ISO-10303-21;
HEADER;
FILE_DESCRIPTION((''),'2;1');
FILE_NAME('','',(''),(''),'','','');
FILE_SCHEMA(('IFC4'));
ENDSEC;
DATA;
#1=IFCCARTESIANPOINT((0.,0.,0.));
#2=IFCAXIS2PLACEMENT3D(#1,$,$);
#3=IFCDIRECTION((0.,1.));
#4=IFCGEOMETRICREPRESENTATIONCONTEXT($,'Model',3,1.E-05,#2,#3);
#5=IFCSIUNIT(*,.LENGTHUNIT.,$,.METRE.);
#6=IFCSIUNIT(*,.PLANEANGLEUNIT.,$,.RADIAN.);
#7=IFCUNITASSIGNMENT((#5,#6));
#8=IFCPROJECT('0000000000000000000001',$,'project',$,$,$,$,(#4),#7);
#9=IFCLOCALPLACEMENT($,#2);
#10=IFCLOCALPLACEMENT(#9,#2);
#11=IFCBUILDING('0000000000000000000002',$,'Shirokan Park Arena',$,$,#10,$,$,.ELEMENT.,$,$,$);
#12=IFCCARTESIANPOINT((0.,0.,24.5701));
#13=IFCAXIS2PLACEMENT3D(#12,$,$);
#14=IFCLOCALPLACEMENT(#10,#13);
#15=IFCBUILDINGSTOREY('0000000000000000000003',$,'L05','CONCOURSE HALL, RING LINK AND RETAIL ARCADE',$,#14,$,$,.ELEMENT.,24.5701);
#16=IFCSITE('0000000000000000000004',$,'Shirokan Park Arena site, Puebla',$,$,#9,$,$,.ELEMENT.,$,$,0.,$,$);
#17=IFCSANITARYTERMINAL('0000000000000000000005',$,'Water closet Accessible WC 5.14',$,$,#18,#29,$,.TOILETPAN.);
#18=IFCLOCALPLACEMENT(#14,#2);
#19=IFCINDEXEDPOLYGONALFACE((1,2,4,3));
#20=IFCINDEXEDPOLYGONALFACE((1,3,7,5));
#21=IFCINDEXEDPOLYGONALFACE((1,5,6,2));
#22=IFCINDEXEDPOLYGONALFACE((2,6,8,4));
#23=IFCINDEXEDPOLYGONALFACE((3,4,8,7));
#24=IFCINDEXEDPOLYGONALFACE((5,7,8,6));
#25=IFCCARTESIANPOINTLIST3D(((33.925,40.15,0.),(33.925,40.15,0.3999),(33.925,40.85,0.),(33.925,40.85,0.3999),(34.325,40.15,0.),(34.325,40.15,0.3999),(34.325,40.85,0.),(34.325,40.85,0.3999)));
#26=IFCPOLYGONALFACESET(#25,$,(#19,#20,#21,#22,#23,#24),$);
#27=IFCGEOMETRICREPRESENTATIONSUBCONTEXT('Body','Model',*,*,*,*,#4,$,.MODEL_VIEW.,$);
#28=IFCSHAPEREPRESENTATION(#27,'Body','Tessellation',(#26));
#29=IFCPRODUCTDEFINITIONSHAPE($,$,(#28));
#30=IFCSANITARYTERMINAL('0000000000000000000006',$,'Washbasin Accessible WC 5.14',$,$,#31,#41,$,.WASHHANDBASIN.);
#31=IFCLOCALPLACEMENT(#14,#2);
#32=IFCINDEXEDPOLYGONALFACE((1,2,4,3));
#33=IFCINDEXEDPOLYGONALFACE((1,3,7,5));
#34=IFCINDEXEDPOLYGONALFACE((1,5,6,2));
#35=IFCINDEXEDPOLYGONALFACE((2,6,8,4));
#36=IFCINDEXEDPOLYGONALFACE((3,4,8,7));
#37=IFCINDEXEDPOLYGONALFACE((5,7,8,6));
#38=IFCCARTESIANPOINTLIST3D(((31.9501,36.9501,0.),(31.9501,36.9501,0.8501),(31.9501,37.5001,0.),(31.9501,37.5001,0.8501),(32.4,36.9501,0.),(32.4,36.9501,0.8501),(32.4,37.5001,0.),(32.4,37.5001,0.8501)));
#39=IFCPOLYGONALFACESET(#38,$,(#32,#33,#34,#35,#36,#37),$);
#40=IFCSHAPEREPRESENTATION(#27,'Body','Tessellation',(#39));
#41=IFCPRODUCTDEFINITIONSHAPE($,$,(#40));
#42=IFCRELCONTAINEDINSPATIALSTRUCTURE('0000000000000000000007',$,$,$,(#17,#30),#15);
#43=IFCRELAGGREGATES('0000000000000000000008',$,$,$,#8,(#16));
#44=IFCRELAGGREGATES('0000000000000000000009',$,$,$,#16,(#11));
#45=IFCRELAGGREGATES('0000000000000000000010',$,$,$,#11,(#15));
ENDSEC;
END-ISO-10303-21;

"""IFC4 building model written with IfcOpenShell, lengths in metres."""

from ifc_helpers import new_model, si_unit, direction, frame, origin, origin_2d, place, context, subcontext, project, spatial, rectangle, extrude, element, save


model = new_model("IFC4")

# Units and contexts
model_context = context("Model", 3, precision=1e-05, world=origin(), true_north=direction((0.0, 1.0)))
body_context = subcontext(model_context, "Body", "Model", "MODEL_VIEW")
ifc_project = project(units=[si_unit("LENGTHUNIT", "METRE"), si_unit("PLANEANGLEUNIT", "RADIAN")], contexts=[model_context])

# Site, building, storey
site_placement = place(None, origin())
site = spatial("IfcSite", under=ifc_project, at=site_placement, Name="Shirokan Park Arena site, Puebla", CompositionType="ELEMENT", RefElevation=0.0)
building_placement = place(site_placement, origin())
building = spatial("IfcBuilding", under=site, at=building_placement, Name="Shirokan Park Arena", CompositionType="ELEMENT")
storey_placement = place(building_placement, frame((0.0, 0.0, 24.5701)))
storey = spatial("IfcBuildingStorey", under=building, at=storey_placement, Name="L05", Description="CONCOURSE HALL, RING LINK AND RETAIL ARCADE", CompositionType="ELEMENT", Elevation=24.5701)

# Sanitary terminals
sanitary_terminal_1_placement = place(storey_placement, frame((34.125, 40.5, 0.0), z_axis=(0.0, 0.0, 1.0), x_axis=(1.0, 0.0, 0.0)))
element("IfcSanitaryTerminal", 1, at=sanitary_terminal_1_placement, inside=storey, Name="Water closet Accessible WC 5.14", PredefinedType="TOILETPAN", context=body_context, shape_type="SweptSolid", body=[
    extrude(rectangle(XDim=0.3999, YDim=0.7, at=origin_2d()), origin(), (0.0, 0.0, 1.0), 0.3999),
])
sanitary_terminal_2_placement = place(storey_placement, frame((32.175, 37.2251, 0.0), z_axis=(0.0, 0.0, 1.0), x_axis=(1.0, 0.0, 0.0)))
element("IfcSanitaryTerminal", 2, at=sanitary_terminal_2_placement, inside=storey, Name="Washbasin Accessible WC 5.14", PredefinedType="WASHHANDBASIN", context=body_context, shape_type="SweptSolid", body=[
    extrude(rectangle(XDim=0.45, YDim=0.55, at=origin_2d()), origin(), (0.0, 0.0, 1.0), 0.8501),
])

save(model, "model.ifc")
